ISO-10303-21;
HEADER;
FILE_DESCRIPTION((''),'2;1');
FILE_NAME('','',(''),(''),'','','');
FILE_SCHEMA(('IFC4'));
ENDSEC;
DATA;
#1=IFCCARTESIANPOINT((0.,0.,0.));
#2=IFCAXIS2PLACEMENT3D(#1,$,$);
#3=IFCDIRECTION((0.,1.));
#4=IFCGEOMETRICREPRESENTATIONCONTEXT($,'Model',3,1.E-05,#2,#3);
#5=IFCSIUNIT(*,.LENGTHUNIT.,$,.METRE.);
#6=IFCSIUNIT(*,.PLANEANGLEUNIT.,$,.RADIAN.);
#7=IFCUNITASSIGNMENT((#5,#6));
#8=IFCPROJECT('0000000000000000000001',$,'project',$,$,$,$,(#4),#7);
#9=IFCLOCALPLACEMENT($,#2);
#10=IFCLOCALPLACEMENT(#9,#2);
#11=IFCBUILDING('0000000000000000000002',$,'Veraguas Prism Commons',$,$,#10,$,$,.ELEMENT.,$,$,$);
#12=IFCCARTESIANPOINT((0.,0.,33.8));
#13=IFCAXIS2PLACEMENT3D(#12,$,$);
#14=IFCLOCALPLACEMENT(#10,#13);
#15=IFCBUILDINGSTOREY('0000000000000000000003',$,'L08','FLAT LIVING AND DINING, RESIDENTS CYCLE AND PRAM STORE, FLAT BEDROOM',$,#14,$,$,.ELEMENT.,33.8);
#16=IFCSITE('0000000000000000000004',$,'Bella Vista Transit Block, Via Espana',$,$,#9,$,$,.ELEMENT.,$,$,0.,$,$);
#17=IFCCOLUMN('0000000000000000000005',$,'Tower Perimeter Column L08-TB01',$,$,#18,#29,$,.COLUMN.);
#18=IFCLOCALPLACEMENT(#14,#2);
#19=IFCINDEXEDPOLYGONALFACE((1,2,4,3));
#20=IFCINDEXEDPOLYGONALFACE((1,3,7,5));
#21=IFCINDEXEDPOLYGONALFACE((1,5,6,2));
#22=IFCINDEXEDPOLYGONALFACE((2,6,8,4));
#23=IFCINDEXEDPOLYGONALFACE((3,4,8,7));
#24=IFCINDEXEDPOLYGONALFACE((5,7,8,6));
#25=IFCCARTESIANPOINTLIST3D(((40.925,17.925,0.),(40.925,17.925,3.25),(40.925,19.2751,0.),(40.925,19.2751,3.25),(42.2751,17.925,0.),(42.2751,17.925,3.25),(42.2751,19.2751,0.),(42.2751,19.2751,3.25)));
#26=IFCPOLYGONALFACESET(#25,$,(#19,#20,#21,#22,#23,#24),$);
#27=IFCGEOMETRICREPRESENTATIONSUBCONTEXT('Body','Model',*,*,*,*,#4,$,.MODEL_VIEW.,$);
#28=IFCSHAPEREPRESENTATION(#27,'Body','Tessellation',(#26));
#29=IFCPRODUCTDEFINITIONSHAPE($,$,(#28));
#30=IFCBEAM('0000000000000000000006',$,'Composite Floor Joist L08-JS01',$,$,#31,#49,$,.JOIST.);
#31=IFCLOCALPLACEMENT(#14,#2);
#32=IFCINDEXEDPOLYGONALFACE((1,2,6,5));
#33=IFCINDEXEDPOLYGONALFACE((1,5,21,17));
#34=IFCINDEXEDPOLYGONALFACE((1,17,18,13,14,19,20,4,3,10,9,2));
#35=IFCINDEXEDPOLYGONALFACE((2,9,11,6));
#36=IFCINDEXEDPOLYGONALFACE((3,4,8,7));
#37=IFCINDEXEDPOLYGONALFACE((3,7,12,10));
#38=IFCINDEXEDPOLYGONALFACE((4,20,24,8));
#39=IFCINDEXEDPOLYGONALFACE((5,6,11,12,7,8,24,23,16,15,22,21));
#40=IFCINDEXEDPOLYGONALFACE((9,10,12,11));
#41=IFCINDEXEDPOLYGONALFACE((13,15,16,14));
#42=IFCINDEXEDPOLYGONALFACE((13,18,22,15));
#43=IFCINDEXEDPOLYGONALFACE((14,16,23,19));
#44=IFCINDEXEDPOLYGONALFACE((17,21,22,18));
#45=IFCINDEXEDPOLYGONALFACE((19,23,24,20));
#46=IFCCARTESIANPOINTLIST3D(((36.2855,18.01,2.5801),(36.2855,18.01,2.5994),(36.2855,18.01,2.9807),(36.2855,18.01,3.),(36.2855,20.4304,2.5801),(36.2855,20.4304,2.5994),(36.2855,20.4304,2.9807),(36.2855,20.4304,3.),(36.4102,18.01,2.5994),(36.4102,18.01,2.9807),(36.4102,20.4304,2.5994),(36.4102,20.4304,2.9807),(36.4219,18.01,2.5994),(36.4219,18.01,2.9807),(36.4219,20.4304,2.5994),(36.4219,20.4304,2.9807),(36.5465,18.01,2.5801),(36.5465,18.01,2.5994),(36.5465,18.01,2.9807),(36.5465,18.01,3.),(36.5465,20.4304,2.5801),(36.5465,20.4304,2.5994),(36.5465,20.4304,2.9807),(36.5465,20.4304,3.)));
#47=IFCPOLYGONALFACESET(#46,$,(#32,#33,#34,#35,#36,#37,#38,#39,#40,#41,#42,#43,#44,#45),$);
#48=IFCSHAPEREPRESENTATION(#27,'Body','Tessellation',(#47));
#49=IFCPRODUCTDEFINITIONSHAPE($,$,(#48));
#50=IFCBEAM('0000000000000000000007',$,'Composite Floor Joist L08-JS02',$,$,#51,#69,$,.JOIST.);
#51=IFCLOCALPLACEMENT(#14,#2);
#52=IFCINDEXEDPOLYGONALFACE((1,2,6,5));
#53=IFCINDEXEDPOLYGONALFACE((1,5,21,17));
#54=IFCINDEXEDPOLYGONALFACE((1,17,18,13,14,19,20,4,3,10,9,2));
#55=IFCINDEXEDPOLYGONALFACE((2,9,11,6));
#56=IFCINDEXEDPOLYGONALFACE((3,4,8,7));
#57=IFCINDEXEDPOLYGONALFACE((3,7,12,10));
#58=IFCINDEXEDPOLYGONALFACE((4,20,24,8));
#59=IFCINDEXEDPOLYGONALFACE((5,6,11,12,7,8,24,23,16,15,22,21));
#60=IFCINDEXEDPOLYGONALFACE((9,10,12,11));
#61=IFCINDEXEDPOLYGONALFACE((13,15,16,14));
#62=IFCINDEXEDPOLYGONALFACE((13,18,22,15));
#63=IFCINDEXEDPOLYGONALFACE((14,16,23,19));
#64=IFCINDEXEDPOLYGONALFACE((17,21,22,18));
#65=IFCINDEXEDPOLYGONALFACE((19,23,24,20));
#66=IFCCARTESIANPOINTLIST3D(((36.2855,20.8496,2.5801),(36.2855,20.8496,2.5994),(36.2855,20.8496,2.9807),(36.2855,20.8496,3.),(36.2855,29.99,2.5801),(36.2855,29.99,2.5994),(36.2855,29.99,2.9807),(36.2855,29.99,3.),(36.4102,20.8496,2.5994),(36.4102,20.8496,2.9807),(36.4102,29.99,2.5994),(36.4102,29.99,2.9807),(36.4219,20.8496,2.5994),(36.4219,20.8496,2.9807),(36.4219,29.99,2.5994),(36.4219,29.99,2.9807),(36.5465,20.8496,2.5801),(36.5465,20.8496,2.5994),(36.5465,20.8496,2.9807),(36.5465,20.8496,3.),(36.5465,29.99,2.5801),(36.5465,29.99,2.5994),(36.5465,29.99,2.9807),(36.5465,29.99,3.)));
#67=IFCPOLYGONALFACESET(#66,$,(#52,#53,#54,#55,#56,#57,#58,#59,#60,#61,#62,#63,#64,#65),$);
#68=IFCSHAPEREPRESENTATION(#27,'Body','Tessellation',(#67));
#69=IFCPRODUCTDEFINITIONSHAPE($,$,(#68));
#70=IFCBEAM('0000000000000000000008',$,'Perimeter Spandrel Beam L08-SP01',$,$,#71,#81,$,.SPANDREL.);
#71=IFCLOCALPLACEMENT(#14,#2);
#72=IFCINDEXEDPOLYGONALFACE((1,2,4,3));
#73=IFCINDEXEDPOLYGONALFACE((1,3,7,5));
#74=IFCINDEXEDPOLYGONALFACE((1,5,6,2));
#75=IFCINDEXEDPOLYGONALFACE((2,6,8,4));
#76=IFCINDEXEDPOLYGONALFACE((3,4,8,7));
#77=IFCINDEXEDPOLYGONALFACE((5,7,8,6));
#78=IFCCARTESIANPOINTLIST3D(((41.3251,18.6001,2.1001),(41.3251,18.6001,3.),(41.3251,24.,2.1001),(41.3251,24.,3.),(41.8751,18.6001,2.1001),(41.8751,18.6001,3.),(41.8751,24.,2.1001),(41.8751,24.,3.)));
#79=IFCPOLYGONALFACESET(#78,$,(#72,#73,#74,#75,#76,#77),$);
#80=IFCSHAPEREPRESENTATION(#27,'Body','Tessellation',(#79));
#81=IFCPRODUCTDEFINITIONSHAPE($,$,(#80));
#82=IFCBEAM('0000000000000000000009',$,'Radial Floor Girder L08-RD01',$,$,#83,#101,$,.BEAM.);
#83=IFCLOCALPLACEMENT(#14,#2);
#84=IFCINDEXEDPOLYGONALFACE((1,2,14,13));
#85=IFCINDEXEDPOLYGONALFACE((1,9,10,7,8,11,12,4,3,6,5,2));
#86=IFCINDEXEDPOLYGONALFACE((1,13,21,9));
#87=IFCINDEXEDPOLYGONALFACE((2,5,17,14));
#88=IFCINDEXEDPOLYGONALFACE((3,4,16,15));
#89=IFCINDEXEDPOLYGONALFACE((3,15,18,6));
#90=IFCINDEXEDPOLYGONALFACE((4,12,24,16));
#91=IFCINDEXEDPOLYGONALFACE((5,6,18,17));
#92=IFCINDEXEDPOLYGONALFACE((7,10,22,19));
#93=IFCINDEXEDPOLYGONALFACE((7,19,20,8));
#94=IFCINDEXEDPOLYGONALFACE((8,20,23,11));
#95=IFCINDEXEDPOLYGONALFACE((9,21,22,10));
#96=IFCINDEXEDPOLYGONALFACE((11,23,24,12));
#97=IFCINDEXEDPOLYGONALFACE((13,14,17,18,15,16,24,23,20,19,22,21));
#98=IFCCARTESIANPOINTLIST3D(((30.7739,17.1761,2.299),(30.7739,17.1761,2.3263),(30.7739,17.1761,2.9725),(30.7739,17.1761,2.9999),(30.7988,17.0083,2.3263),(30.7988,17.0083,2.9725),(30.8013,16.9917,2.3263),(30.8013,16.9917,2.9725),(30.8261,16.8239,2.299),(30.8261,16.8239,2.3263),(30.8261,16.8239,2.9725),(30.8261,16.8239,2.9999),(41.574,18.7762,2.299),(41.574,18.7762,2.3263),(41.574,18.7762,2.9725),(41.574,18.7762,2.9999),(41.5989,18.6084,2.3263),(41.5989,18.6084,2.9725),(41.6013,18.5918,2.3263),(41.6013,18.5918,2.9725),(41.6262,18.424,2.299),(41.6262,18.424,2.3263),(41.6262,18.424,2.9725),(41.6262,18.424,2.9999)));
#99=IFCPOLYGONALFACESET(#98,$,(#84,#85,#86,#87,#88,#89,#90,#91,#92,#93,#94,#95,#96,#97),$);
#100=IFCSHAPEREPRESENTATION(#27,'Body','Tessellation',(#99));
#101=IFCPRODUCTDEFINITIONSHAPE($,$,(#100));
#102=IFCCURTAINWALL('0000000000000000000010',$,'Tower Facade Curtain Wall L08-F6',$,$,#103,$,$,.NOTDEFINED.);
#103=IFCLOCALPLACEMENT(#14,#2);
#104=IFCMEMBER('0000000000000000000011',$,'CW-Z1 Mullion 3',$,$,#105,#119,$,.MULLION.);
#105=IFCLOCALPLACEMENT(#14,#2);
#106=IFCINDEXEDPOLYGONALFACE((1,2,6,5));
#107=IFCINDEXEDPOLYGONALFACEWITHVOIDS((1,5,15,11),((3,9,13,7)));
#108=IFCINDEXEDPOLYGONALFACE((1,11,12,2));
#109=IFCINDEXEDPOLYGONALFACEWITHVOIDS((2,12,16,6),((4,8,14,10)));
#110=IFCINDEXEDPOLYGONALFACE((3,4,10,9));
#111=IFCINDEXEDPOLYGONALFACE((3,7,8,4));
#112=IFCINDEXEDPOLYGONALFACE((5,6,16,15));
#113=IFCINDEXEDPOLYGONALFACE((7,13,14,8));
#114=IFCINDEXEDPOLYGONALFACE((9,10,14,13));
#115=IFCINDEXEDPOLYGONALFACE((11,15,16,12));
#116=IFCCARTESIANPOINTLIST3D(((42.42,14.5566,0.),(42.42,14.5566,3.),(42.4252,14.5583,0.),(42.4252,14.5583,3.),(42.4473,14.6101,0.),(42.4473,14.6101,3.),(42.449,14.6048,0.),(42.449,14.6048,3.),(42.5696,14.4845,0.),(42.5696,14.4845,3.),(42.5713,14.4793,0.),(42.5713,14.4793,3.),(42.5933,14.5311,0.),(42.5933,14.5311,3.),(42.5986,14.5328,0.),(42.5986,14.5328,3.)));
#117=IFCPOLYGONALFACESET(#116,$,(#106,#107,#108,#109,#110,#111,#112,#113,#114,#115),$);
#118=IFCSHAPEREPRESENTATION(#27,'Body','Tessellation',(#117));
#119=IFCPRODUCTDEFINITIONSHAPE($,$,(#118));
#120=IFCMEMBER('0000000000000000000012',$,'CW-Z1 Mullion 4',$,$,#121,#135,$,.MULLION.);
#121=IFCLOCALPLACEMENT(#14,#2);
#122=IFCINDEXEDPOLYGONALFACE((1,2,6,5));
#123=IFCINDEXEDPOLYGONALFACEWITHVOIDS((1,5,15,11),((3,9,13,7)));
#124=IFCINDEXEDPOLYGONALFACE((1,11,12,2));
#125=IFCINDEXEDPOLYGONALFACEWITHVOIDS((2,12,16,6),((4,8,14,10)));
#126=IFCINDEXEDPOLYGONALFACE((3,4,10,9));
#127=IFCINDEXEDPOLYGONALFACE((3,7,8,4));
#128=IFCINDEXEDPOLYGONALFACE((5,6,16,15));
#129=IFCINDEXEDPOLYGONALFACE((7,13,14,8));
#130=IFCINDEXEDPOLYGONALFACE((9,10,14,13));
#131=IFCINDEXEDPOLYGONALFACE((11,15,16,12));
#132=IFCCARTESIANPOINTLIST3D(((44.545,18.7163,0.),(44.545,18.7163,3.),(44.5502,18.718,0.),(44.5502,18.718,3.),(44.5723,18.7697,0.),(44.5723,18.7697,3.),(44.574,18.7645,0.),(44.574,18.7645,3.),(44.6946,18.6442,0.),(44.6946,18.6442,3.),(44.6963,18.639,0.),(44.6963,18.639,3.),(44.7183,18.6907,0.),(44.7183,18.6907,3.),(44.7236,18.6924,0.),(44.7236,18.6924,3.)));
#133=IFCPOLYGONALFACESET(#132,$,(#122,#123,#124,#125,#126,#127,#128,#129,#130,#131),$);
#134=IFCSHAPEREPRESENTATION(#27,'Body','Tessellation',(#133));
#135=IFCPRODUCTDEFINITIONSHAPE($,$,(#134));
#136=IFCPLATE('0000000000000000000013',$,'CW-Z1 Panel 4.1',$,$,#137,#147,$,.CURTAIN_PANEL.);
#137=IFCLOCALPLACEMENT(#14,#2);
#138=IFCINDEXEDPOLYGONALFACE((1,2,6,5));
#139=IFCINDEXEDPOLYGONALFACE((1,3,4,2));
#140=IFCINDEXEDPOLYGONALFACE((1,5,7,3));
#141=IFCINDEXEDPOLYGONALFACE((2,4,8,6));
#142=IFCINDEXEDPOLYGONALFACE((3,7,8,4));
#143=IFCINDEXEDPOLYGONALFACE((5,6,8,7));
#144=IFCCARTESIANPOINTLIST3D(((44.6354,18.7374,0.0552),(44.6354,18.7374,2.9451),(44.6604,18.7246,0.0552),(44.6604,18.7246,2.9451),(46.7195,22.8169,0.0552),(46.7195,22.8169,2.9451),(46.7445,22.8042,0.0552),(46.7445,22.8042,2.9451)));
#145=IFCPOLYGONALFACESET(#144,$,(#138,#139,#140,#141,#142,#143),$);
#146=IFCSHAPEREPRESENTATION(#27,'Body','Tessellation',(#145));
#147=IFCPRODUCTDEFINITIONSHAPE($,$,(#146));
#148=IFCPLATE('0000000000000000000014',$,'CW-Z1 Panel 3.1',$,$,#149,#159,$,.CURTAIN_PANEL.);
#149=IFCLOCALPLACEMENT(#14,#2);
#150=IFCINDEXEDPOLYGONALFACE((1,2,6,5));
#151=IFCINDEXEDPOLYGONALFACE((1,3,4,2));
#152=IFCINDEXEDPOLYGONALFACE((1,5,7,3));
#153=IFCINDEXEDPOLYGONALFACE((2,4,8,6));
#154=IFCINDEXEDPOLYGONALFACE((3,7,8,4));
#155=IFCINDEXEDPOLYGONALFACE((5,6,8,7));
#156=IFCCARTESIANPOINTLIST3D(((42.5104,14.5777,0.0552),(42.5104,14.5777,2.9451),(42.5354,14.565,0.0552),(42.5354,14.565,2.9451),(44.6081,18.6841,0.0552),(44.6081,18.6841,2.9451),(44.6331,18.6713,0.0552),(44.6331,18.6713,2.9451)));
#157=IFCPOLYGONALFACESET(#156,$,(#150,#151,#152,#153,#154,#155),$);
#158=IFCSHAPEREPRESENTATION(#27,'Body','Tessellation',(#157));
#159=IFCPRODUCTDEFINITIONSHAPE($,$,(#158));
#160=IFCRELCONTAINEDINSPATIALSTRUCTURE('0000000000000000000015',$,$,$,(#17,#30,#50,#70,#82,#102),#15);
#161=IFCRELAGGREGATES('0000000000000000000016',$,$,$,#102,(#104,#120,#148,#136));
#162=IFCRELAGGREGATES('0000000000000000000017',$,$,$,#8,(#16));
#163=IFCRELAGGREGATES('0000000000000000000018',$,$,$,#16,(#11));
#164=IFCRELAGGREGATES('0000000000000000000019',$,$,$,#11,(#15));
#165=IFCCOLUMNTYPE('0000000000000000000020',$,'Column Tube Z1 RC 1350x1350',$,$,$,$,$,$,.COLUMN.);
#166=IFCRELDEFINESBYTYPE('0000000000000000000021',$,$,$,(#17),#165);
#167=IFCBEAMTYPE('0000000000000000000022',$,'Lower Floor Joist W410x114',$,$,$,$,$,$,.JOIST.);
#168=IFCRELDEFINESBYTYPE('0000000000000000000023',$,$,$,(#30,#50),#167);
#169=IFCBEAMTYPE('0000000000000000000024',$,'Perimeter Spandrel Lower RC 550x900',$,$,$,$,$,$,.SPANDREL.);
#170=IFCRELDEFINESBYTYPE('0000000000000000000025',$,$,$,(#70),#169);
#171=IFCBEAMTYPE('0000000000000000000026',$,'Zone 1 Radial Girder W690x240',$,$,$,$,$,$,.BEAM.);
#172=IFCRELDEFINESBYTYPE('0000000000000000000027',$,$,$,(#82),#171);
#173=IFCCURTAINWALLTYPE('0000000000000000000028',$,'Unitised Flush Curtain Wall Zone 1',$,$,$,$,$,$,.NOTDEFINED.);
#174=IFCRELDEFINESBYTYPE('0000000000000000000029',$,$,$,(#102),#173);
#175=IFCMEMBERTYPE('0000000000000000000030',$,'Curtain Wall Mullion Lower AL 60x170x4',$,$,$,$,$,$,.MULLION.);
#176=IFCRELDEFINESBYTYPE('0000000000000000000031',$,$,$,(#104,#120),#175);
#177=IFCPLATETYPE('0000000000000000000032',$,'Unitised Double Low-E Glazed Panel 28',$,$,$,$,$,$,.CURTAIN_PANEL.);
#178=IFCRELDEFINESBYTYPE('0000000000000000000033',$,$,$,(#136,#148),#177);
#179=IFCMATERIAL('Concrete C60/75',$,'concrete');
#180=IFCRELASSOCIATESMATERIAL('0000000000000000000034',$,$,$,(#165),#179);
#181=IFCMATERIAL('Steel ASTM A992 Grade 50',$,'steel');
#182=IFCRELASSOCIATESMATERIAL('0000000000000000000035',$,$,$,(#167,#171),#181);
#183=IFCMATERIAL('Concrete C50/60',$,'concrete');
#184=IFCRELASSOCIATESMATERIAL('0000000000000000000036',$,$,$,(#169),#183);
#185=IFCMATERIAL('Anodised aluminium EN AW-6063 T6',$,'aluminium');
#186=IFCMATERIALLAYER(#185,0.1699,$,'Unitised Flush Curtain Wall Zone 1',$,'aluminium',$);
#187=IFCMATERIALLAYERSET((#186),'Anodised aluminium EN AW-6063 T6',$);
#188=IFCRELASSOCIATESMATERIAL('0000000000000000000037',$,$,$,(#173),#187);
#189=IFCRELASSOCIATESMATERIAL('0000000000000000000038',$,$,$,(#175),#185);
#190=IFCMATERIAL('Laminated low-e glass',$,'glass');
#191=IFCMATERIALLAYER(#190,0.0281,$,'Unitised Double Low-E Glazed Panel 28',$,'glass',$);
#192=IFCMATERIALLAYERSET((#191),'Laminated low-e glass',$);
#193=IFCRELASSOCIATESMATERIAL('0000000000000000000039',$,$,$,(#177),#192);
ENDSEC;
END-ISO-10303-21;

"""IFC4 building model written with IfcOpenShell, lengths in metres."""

from ifc_helpers import new_model, si_unit, direction, frame, origin, origin_2d, place, context, subcontext, project, spatial, rectangle, hollow_rectangle, i_section, extrude, source, transform, mapped, material, layer, layer_set, material_profile, profile_set, type_object, element, aggregate, save


model = new_model("IFC4")

# Units and contexts
model_context = context("Model", 3, precision=1e-05, world=origin(), true_north=direction((0.0, 1.0)))
body_context = subcontext(model_context, "Body", "Model", "MODEL_VIEW")
ifc_project = project(units=[si_unit("LENGTHUNIT", "METRE"), si_unit("PLANEANGLEUNIT", "RADIAN")], contexts=[model_context])

# Site, building, storey
site_placement = place(None, origin())
site = spatial("IfcSite", under=ifc_project, at=site_placement, Name="Bella Vista Transit Block, Via Espana", CompositionType="ELEMENT", RefElevation=0.0)
building_placement = place(site_placement, origin())
building = spatial("IfcBuilding", under=site, at=building_placement, Name="Veraguas Prism Commons", CompositionType="ELEMENT")
storey_placement = place(building_placement, frame((0.0, 0.0, 33.8)))
storey = spatial("IfcBuildingStorey", under=building, at=storey_placement, Name="L08", Description="FLAT LIVING AND DINING, RESIDENTS CYCLE AND PRAM STORE, FLAT BEDROOM", CompositionType="ELEMENT", Elevation=33.8)

# Column
ifc_material_1 = material(Name="Concrete C60/75", Category="concrete")
ifc_material_profile_1 = material_profile(ifc_material_1, rectangle(XDim=1.3501, YDim=1.3501, at=origin_2d()), Name="RC1350X1350")
ifc_profile_set_1 = profile_set([ifc_material_profile_1], Name="Concrete C60/75")
column_type = type_object("IfcColumnType", Name="Column Tube Z1 RC 1350x1350", PredefinedType="COLUMN", material=ifc_profile_set_1)
column_placement = place(storey_placement, frame((41.6001, 18.6001, 0.0), z_axis=(0.0, 0.0, 1.0), x_axis=(1.0, 0.0, 0.0)))
element("IfcColumn", 1, at=column_placement, inside=storey, type_object=column_type, Name="Tower Perimeter Column L08-TB01", PredefinedType="COLUMN", context=body_context, shape_type="SweptSolid", body=[
    extrude(rectangle(XDim=1.3501, YDim=1.3501, at=origin_2d()), origin(), (0.0, 0.0, 1.0), 3.25),
])

# Beams
ifc_material_2 = material(Name="Steel ASTM A992 Grade 50", Category="steel")
ifc_material_profile_2 = material_profile(ifc_material_2, i_section(OverallWidth=0.261, OverallDepth=0.4199, WebThickness=0.0117, FlangeThickness=0.0193, at=origin_2d()), Name="W410X114")
ifc_profile_set_2 = profile_set([ifc_material_profile_2], Name="Steel ASTM A992 Grade 50")
beam_type_1 = type_object("IfcBeamType", Name="Lower Floor Joist W410x114", PredefinedType="JOIST", material=ifc_profile_set_2)
beam_1_placement = place(storey_placement, frame((36.416, 18.01, 2.79), z_axis=(0.0, 1.0, 0.0), x_axis=(-1.0, 0.0, 0.0)))
element("IfcBeam", 2, at=beam_1_placement, inside=storey, type_object=beam_type_1, Name="Composite Floor Joist L08-JS01", PredefinedType="JOIST", context=body_context, shape_type="SweptSolid", body=[
    extrude(i_section(OverallWidth=0.261, OverallDepth=0.4199, WebThickness=0.0117, FlangeThickness=0.0193, at=origin_2d()), origin(), (0.0, 0.0, 1.0), 2.4204),
])
beam_2_placement = place(storey_placement, frame((36.416, 20.8496, 2.79), z_axis=(0.0, 1.0, 0.0), x_axis=(-1.0, 0.0, 0.0)))
element("IfcBeam", 3, at=beam_2_placement, inside=storey, type_object=beam_type_1, Name="Composite Floor Joist L08-JS02", PredefinedType="JOIST", context=body_context, shape_type="SweptSolid", body=[
    extrude(i_section(OverallWidth=0.261, OverallDepth=0.4199, WebThickness=0.0117, FlangeThickness=0.0193, at=origin_2d()), origin(), (0.0, 0.0, 1.0), 9.1404),
])
ifc_material_3 = material(Name="Concrete C50/60", Category="concrete")
ifc_material_profile_3 = material_profile(ifc_material_3, rectangle(XDim=0.55, YDim=0.8999, at=origin_2d()), Name="RC550X900")
ifc_profile_set_3 = profile_set([ifc_material_profile_3], Name="Concrete C50/60")
beam_type_2 = type_object("IfcBeamType", Name="Perimeter Spandrel Lower RC 550x900", PredefinedType="SPANDREL", material=ifc_profile_set_3)
beam_3_placement = place(storey_placement, frame((41.6001, 18.6001, 2.55), z_axis=(0.0, 1.0, 0.0), x_axis=(-1.0, 0.0, 0.0)))
element("IfcBeam", 4, at=beam_3_placement, inside=storey, type_object=beam_type_2, Name="Perimeter Spandrel Beam L08-SP01", PredefinedType="SPANDREL", context=body_context, shape_type="SweptSolid", body=[
    extrude(rectangle(XDim=0.55, YDim=0.8999, at=origin_2d()), origin(), (0.0, 0.0, 1.0), 5.3999),
])
ifc_material_profile_4 = material_profile(ifc_material_2, i_section(OverallWidth=0.356, OverallDepth=0.7009, WebThickness=0.0168, FlangeThickness=0.0273, at=origin_2d()), Name="W690X240")
ifc_profile_set_4 = profile_set([ifc_material_profile_4], Name="Steel ASTM A992 Grade 50")
beam_type_3 = type_object("IfcBeamType", Name="Zone 1 Radial Girder W690x240", PredefinedType="BEAM", material=ifc_profile_set_4)
beam_4_placement = place(storey_placement, frame((41.6001, 18.6001, 2.6494), z_axis=(-0.989202, -0.146557, 0.0), x_axis=(0.146557, -0.989202, 0.0)))
element("IfcBeam", 5, at=beam_4_placement, inside=storey, type_object=beam_type_3, Name="Radial Floor Girder L08-RD01", PredefinedType="BEAM", context=body_context, shape_type="SweptSolid", body=[
    extrude(i_section(OverallWidth=0.356, OverallDepth=0.7009, WebThickness=0.0168, FlangeThickness=0.0273, at=origin_2d()), origin(), (0.0, 0.0, 1.0), 10.918),
])

# Curtain wall, members, plates
ifc_material_4 = material(Name="Anodised aluminium EN AW-6063 T6", Category="aluminium")
ifc_layer_1 = layer(ifc_material_4, 0.1699, Name="Unitised Flush Curtain Wall Zone 1", Category="aluminium")
ifc_layer_set_1 = layer_set([ifc_layer_1], Name="Anodised aluminium EN AW-6063 T6")
curtain_wall_type = type_object("IfcCurtainWallType", Name="Unitised Flush Curtain Wall Zone 1", PredefinedType="NOTDEFINED", material=ifc_layer_set_1)
curtain_wall_placement = place(storey_placement, origin())
curtain_wall = element("IfcCurtainWall", 6, at=curtain_wall_placement, inside=storey, type_object=curtain_wall_type, Name="Tower Facade Curtain Wall L08-F6", PredefinedType="NOTDEFINED")
ifc_material_profile_5 = material_profile(ifc_material_4, hollow_rectangle(XDim=0.0601, YDim=0.1699, WallThickness=0.0039, at=origin_2d()), Name="AL60X170X4")
ifc_profile_set_5 = profile_set([ifc_material_profile_5], Name="Anodised aluminium EN AW-6063 T6")
member_type = type_object("IfcMemberType", Name="Curtain Wall Mullion Lower AL 60x170x4", PredefinedType="MULLION", material=ifc_profile_set_5)
shared_shape_1 = source(origin(), body_context, "Body", "SweptSolid", [
    extrude(hollow_rectangle(XDim=0.0601, YDim=0.1699, WallThickness=0.0039, at=origin_2d()), origin(), (0.0, 0.0, 1.0), 3.0),
])
member_1_placement = place(storey_placement, frame((42.5093, 14.5447, 0.0), z_axis=(0.0, 0.0, 1.0), x_axis=(0.454922, 0.890531, 0.0)))
member_1 = element("IfcMember", 7, at=member_1_placement, type_object=member_type, Name="CW-Z1 Mullion 3", PredefinedType="MULLION", context=body_context, shape_type="MappedRepresentation", body=[
    mapped(shared_shape_1, transform((0.0, 0.0, 0.0), scale=1.0)),
])
member_2_placement = place(storey_placement, frame((44.6343, 18.7043, 0.0), z_axis=(0.0, 0.0, 1.0), x_axis=(0.454922, 0.890531, 0.0)))
member_2 = element("IfcMember", 8, at=member_2_placement, type_object=member_type, Name="CW-Z1 Mullion 4", PredefinedType="MULLION", context=body_context, shape_type="MappedRepresentation", body=[
    mapped(shared_shape_1, transform((0.0, 0.0, 0.0), scale=1.0)),
])
ifc_material_5 = material(Name="Laminated low-e glass", Category="glass")
ifc_layer_2 = layer(ifc_material_5, 0.0281, Name="Unitised Double Low-E Glazed Panel 28", Category="glass")
ifc_layer_set_2 = layer_set([ifc_layer_2], Name="Laminated low-e glass")
plate_type = type_object("IfcPlateType", Name="Unitised Double Low-E Glazed Panel 28", PredefinedType="CURTAIN_PANEL", material=ifc_layer_set_2)
shared_shape_2 = source(origin(), body_context, "Body", "SweptSolid", [
    extrude(rectangle(XDim=4.5811, YDim=0.0281, at=origin_2d()), origin(), (0.0, 0.0, 1.0), 2.8899),
])
plate_1_placement = place(storey_placement, frame((45.6899, 20.7708, 0.0552), z_axis=(0.0, 0.0, 1.0), x_axis=(0.454922, 0.890531, 0.0)))
plate_1 = element("IfcPlate", 9, at=plate_1_placement, type_object=plate_type, Name="CW-Z1 Panel 4.1", PredefinedType="CURTAIN_PANEL", context=body_context, shape_type="MappedRepresentation", body=[
    mapped(shared_shape_2, transform((0.0, 0.0, 0.0), scale=1.0)),
])
shared_shape_3 = source(origin(), body_context, "Body", "SweptSolid", [
    extrude(rectangle(XDim=4.6111, YDim=0.0281, at=origin_2d()), origin(), (0.0, 0.0, 1.0), 2.8899),
])
plate_2_placement = place(storey_placement, frame((43.5718, 16.6245, 0.0552), z_axis=(0.0, 0.0, 1.0), x_axis=(0.454922, 0.890531, 0.0)))
plate_2 = element("IfcPlate", 10, at=plate_2_placement, type_object=plate_type, Name="CW-Z1 Panel 3.1", PredefinedType="CURTAIN_PANEL", context=body_context, shape_type="MappedRepresentation", body=[
    mapped(shared_shape_3, transform((0.0, 0.0, 0.0), scale=1.0)),
])
aggregate(curtain_wall, [member_1, member_2, plate_2, plate_1])

save(model, "model.ifc")
